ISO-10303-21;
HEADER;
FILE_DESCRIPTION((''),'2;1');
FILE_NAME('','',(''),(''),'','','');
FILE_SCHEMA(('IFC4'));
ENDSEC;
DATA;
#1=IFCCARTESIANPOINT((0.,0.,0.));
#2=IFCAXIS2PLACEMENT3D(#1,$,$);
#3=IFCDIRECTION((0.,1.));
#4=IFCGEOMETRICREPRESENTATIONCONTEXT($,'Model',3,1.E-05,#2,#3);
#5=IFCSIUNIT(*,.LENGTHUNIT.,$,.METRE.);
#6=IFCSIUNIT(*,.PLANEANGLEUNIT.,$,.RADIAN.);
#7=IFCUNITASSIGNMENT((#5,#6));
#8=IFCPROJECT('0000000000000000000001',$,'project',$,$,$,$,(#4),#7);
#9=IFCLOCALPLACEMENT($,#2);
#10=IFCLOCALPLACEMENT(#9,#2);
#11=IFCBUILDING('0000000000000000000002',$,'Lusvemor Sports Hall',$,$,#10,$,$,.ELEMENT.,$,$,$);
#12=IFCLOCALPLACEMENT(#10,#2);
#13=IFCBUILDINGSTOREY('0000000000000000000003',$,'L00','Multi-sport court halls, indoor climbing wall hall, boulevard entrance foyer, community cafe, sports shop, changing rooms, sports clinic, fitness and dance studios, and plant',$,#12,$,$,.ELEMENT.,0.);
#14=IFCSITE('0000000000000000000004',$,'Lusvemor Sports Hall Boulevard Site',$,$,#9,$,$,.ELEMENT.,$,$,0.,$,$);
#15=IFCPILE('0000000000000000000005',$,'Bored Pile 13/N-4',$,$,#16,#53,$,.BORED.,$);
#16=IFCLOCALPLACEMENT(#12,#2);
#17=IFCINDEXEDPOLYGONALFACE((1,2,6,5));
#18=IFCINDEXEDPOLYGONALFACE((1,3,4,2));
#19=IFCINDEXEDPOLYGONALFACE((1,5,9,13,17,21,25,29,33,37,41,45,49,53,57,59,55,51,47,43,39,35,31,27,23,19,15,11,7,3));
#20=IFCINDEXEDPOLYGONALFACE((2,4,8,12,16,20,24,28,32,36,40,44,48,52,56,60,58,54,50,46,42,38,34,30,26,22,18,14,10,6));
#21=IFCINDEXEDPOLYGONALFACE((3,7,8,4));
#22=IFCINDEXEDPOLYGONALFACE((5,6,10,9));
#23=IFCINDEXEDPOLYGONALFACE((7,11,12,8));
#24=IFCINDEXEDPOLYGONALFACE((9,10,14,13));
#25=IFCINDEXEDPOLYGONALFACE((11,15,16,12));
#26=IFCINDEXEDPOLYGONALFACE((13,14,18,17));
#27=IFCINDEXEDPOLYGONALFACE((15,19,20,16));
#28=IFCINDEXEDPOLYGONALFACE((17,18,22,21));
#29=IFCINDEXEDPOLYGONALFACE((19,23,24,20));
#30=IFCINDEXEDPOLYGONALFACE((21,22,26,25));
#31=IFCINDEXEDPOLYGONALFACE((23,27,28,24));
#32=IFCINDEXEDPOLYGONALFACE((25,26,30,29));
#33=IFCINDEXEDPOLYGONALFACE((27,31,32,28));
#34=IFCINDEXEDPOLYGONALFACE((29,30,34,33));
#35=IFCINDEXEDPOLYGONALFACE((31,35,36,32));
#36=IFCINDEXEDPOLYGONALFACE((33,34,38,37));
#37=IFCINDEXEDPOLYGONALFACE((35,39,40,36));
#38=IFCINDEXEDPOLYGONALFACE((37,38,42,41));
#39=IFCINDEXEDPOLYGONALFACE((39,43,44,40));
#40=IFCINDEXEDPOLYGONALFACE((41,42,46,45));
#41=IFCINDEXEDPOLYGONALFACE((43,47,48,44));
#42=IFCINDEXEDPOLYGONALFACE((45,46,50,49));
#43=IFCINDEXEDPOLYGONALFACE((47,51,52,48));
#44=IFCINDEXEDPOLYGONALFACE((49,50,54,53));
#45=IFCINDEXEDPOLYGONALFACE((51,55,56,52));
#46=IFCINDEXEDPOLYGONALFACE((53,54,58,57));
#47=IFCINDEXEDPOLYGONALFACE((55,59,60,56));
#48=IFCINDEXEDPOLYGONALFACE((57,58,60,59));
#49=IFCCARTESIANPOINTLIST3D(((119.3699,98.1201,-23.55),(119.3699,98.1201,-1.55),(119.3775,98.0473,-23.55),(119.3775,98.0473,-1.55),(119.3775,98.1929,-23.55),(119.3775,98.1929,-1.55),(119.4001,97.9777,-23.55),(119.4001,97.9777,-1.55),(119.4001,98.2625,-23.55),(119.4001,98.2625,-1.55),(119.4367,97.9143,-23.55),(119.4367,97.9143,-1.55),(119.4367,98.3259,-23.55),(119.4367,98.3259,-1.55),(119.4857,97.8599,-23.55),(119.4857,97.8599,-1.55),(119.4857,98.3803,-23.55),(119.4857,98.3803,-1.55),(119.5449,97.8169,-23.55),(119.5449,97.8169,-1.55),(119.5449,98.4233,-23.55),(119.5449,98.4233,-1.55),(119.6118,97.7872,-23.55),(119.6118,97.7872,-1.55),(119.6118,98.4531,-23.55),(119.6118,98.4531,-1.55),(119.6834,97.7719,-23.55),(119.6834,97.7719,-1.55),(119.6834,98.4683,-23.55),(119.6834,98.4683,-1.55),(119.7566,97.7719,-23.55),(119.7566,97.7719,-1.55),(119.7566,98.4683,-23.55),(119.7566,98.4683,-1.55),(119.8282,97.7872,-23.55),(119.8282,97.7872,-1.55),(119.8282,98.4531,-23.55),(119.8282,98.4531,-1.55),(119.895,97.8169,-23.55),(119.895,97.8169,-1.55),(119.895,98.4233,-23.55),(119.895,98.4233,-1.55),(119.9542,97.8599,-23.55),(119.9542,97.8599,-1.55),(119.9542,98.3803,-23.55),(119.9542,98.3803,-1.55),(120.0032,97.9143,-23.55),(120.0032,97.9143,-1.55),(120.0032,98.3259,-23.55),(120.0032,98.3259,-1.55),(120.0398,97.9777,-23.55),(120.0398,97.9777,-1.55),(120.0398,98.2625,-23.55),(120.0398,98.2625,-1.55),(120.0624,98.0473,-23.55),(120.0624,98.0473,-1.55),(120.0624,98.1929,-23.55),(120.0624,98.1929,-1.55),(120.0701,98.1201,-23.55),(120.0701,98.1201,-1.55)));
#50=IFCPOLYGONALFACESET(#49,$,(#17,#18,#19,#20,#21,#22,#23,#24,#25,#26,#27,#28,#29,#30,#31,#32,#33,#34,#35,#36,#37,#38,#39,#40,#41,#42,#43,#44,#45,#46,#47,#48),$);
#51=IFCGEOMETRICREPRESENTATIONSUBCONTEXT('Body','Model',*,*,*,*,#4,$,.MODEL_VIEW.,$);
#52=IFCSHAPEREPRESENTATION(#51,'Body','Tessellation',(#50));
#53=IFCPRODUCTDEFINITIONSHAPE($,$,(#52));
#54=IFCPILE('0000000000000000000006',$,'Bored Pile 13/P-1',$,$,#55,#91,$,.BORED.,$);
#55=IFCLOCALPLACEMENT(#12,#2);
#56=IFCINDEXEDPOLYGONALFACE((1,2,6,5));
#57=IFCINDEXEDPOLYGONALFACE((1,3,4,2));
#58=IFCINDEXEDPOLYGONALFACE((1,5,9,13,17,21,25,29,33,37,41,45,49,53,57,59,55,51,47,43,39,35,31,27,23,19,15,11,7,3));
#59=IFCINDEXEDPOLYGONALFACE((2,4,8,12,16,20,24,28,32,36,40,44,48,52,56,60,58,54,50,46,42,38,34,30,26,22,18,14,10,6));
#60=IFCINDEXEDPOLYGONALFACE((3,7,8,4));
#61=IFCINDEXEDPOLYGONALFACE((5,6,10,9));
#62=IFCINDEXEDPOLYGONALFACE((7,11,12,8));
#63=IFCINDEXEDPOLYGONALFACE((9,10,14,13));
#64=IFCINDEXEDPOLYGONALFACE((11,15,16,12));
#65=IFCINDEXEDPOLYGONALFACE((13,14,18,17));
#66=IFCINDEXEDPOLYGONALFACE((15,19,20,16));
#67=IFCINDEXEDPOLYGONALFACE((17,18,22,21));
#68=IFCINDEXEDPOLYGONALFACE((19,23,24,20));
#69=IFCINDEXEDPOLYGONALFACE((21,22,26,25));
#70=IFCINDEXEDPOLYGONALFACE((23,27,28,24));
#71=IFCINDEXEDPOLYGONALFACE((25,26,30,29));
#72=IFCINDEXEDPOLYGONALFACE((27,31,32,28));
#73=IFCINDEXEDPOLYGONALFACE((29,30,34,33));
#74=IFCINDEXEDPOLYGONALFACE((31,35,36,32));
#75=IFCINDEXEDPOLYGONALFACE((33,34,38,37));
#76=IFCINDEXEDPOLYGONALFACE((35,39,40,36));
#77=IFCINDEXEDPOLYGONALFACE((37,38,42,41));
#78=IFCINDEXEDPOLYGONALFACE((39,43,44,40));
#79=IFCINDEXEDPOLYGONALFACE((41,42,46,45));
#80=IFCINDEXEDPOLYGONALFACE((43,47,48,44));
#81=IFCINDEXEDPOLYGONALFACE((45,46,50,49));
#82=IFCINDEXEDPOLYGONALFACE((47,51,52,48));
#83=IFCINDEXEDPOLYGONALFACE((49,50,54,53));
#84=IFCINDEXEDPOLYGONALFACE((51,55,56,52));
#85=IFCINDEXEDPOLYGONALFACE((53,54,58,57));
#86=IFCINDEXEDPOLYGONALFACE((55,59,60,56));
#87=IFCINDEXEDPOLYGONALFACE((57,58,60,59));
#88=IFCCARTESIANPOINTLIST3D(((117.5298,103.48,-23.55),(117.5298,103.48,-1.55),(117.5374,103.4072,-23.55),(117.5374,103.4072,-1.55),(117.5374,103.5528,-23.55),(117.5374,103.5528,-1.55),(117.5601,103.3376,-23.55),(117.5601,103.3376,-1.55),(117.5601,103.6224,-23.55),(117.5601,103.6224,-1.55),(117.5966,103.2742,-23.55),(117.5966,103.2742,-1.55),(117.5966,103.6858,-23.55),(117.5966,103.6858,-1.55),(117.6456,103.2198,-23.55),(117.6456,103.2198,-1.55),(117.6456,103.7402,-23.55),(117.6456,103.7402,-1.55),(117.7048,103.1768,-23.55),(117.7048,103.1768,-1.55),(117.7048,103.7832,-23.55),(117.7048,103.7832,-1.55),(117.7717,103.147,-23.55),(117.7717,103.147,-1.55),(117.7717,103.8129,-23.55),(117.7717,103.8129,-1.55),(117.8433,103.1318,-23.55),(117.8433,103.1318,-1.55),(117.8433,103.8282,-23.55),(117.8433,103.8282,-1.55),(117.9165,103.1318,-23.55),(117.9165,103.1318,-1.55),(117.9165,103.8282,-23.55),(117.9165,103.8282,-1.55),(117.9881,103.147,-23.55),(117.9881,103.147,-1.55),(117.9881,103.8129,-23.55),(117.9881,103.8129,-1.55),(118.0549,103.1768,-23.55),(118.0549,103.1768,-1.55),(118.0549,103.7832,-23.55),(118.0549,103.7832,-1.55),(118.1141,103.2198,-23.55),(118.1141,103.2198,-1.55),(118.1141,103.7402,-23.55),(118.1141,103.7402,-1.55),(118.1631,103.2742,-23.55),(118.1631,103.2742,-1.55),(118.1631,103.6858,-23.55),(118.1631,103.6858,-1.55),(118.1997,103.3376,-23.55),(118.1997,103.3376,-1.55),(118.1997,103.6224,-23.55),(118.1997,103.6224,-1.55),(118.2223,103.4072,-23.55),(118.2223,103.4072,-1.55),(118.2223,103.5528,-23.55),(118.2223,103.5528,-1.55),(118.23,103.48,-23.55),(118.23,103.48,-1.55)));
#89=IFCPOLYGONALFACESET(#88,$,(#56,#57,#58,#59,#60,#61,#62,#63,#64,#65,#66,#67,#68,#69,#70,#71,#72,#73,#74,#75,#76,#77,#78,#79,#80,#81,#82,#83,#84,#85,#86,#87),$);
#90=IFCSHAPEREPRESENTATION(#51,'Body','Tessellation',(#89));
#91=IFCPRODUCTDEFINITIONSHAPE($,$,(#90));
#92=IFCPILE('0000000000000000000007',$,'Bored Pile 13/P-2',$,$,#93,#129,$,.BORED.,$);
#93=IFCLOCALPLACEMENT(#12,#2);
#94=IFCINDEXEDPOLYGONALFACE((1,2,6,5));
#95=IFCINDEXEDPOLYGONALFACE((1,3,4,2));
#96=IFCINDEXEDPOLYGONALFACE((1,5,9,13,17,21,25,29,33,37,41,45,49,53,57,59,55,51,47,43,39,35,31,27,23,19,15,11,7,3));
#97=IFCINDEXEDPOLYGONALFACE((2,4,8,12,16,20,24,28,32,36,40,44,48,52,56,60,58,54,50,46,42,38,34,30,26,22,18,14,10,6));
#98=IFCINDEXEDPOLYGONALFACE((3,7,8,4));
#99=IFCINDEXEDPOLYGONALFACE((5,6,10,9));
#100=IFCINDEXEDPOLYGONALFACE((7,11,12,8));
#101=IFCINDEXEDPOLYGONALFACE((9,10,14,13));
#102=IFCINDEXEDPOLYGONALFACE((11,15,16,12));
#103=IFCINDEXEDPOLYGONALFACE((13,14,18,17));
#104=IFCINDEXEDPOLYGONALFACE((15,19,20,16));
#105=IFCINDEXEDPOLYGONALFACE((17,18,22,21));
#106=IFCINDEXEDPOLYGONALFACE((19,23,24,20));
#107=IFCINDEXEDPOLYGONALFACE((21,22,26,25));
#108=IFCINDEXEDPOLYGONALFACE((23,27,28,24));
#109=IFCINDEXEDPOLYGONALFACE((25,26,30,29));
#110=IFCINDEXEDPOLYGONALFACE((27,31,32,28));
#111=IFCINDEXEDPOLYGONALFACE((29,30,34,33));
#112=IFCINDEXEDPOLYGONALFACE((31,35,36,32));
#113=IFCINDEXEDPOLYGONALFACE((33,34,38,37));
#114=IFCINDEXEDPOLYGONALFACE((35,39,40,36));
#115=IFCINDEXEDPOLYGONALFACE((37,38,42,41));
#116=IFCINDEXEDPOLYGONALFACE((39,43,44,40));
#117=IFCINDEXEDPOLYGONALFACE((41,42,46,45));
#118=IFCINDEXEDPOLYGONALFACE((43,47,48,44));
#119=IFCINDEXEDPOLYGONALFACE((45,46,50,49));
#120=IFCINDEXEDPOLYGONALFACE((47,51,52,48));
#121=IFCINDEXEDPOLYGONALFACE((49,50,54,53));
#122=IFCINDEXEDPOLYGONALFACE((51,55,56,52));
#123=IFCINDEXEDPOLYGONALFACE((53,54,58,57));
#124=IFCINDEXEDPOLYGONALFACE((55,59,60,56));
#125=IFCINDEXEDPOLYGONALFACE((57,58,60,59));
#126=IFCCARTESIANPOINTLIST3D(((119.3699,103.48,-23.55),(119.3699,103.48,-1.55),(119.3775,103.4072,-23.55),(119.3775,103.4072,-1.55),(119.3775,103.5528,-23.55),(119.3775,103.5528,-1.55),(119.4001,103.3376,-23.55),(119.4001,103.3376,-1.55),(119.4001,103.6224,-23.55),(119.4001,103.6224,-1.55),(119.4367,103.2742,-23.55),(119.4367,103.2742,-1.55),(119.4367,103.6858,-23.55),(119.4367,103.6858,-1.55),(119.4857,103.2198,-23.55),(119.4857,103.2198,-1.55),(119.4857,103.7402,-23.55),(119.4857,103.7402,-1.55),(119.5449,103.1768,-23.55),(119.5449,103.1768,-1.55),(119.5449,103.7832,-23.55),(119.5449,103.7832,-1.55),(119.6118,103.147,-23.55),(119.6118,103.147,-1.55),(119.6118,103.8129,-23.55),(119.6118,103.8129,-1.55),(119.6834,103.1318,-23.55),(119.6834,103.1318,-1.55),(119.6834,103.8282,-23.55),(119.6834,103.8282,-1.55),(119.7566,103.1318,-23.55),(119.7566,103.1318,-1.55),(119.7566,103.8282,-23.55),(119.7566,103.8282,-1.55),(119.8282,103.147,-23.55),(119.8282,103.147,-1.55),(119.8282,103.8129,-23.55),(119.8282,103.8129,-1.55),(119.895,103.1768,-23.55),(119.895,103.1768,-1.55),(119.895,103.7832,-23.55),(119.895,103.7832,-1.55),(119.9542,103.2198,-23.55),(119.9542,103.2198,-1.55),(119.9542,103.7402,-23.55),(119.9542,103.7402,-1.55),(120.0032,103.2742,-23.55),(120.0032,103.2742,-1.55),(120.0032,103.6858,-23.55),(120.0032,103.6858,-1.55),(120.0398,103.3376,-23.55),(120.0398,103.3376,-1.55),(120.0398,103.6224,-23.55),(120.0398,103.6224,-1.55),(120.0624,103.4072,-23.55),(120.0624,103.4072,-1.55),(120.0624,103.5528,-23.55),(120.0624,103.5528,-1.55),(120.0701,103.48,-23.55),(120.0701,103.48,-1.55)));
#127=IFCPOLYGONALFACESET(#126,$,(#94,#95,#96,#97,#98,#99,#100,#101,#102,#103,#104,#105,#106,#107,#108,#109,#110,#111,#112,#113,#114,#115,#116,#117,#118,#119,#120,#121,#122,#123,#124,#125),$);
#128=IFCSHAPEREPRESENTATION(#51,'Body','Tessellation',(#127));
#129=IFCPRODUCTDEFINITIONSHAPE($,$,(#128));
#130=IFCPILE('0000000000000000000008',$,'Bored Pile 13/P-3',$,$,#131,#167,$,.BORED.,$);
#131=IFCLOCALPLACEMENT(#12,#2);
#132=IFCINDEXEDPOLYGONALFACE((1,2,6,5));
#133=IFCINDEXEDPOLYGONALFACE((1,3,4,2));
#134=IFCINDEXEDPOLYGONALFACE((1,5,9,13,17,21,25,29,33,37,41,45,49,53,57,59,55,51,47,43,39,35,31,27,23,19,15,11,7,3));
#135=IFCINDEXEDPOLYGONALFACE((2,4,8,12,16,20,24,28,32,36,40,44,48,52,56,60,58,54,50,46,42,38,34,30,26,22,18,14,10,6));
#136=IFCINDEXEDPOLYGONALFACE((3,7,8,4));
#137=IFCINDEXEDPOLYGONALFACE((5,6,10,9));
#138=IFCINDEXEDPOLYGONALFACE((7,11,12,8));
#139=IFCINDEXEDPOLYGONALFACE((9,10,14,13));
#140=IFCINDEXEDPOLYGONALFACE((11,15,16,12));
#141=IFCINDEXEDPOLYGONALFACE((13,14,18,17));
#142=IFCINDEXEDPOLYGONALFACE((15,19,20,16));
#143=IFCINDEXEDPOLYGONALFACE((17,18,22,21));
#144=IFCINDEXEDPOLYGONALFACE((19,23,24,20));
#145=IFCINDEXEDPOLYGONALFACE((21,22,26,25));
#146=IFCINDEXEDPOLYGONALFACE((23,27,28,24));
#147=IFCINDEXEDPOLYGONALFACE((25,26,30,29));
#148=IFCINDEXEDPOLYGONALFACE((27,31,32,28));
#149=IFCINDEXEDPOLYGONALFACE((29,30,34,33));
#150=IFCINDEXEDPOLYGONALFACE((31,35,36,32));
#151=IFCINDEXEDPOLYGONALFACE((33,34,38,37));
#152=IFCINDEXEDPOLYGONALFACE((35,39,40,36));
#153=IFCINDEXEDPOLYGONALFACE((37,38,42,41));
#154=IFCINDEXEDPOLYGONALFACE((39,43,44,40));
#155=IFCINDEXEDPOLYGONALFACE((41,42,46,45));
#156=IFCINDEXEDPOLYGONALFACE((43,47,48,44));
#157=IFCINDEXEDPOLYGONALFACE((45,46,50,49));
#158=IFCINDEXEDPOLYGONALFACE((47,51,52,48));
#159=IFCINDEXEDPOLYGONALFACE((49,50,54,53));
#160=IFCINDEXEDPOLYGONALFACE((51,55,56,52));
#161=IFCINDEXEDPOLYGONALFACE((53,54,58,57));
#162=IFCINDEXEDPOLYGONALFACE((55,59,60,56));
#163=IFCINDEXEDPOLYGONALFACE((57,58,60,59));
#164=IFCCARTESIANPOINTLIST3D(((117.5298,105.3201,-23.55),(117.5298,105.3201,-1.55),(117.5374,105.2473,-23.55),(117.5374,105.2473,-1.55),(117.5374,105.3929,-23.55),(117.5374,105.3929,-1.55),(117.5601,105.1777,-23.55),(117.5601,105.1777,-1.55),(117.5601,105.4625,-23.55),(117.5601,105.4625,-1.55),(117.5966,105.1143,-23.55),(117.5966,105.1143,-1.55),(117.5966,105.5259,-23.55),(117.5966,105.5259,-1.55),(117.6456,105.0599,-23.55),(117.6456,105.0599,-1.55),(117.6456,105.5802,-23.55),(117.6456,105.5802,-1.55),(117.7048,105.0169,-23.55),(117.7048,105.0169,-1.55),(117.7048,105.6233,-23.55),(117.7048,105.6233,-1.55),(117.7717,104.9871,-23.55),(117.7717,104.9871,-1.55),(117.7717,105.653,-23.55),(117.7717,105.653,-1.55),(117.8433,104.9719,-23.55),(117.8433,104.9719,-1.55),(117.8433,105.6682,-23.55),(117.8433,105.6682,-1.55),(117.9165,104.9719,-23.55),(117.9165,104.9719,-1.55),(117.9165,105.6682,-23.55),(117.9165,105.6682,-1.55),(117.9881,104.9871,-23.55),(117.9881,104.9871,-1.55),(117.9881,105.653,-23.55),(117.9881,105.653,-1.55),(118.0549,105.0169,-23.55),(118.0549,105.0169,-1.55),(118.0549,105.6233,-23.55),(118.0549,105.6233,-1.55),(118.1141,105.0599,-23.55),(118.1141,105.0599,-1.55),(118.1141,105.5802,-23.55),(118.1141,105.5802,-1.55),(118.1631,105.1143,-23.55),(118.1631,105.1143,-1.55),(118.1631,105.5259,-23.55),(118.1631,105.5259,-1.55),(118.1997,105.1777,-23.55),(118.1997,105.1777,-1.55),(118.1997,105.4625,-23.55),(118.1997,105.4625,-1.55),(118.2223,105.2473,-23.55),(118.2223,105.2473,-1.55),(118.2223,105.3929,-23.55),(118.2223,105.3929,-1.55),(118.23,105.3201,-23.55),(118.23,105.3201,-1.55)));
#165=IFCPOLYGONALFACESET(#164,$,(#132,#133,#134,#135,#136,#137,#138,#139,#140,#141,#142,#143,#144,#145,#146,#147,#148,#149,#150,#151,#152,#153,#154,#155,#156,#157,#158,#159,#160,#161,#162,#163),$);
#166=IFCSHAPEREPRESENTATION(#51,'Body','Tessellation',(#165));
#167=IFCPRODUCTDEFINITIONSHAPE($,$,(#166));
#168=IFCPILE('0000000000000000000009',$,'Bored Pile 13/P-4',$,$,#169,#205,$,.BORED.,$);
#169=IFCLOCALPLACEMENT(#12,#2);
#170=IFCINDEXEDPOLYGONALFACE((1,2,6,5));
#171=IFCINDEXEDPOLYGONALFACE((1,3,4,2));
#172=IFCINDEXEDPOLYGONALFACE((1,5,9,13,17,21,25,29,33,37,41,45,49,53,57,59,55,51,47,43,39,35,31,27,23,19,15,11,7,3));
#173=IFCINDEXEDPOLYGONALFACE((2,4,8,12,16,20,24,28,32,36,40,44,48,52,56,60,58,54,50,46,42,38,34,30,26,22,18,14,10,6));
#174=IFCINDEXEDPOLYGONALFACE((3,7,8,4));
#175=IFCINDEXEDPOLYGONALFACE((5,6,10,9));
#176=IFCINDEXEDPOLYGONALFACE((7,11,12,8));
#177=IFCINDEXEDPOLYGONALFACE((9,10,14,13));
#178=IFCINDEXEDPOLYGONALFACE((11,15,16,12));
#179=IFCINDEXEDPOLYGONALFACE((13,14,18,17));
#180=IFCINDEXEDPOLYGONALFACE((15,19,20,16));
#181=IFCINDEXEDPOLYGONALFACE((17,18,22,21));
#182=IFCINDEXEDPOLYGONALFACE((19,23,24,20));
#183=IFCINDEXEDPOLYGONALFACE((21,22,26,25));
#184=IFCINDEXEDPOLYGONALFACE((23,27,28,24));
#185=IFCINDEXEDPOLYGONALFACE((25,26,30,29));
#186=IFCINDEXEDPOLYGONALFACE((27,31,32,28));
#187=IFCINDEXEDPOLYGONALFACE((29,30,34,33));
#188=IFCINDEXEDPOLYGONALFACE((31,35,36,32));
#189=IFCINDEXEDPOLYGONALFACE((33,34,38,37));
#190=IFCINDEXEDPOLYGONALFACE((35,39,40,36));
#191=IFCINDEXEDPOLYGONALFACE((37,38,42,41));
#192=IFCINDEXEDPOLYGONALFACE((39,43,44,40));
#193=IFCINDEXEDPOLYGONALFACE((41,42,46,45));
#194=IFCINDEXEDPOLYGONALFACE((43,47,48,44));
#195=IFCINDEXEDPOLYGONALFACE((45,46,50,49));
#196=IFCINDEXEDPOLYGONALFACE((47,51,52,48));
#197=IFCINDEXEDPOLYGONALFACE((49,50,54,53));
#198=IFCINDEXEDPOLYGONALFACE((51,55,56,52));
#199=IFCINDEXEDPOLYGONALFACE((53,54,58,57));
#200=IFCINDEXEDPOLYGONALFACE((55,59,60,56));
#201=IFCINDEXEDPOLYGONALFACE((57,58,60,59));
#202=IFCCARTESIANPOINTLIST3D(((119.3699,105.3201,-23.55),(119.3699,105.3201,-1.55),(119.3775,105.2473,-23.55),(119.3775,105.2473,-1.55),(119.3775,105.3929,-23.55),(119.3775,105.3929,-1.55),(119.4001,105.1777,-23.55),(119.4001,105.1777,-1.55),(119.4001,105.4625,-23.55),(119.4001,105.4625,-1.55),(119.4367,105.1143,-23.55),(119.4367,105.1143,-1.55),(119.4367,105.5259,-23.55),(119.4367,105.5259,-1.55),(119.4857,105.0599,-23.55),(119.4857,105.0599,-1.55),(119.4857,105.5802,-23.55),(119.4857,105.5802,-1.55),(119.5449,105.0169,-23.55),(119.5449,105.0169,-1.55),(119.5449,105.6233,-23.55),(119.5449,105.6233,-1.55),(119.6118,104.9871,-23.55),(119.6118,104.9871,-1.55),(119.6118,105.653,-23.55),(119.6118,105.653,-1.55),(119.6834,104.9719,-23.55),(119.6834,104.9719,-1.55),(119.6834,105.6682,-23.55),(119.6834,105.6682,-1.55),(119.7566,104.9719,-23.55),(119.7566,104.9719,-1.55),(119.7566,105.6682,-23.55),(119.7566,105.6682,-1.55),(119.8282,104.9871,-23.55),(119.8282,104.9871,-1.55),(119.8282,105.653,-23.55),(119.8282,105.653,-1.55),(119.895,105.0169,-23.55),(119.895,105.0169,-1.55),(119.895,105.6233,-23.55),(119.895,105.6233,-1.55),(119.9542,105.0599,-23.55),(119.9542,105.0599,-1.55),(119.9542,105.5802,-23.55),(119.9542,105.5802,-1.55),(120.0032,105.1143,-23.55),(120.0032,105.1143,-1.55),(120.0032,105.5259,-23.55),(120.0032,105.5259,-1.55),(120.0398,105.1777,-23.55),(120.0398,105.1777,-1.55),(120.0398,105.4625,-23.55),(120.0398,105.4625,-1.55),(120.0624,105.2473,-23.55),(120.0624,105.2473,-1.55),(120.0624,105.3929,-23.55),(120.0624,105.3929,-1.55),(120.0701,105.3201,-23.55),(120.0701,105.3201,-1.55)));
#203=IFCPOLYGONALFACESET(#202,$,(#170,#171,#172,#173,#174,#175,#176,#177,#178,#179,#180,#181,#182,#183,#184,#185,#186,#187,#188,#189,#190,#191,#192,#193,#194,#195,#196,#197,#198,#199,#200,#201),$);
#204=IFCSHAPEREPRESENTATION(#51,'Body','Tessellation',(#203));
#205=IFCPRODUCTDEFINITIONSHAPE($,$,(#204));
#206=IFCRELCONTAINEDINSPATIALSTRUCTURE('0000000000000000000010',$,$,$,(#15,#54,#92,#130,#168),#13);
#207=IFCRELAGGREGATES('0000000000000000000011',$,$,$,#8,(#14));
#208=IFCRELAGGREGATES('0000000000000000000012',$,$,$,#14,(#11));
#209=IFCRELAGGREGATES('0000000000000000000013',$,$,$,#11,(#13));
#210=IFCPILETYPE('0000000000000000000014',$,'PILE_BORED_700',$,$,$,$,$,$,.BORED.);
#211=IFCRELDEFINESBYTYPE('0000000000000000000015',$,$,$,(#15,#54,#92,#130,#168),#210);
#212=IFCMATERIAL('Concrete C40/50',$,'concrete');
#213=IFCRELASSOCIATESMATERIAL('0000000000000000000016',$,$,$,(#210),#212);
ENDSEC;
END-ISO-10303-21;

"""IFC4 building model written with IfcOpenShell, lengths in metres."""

from ifc_helpers import new_model, si_unit, direction, frame, origin, origin_2d, place, context, subcontext, project, spatial, circle, extrude, material, material_profile, profile_set, type_object, element, save


model = new_model("IFC4")

# Units and contexts
model_context = context("Model", 3, precision=1e-05, world=origin(), true_north=direction((0.0, 1.0)))
body_context = subcontext(model_context, "Body", "Model", "MODEL_VIEW")
ifc_project = project(units=[si_unit("LENGTHUNIT", "METRE"), si_unit("PLANEANGLEUNIT", "RADIAN")], contexts=[model_context])

# Site, building, storey
site_placement = place(None, origin())
site = spatial("IfcSite", under=ifc_project, at=site_placement, Name="Lusvemor Sports Hall Boulevard Site", CompositionType="ELEMENT", RefElevation=0.0)
building_placement = place(site_placement, origin())
building = spatial("IfcBuilding", under=site, at=building_placement, Name="Lusvemor Sports Hall", CompositionType="ELEMENT")
storey_placement = place(building_placement, origin())
storey = spatial("IfcBuildingStorey", under=building, at=storey_placement, Name="L00", Description="Multi-sport court halls, indoor climbing wall hall, boulevard entrance foyer, community cafe, sports shop, changing rooms, sports clinic, fitness and dance studios, and plant", CompositionType="ELEMENT", Elevation=0.0)

# Piles
ifc_material_1 = material(Name="Concrete C40/50", Category="concrete")
ifc_material_profile_1 = material_profile(ifc_material_1, circle(Radius=0.3501, at=origin_2d()), Name="PILE700")
ifc_profile_set_1 = profile_set([ifc_material_profile_1], Name="Concrete C40/50")
pile_type_1 = type_object("IfcPileType", Name="PILE_BORED_700", PredefinedType="BORED", material=ifc_profile_set_1)
for number, where, z_axis, x_axis, name in (
    (1, (119.72, 98.1201, -1.55), (0.0, 0.0, -1.0), (1.0, 0.0, 0.0), "Bored Pile 13/N-4"),
    (2, (117.8799, 103.48, -1.55), (0.0, 0.0, -1.0), (1.0, 0.0, 0.0), "Bored Pile 13/P-1"),
    (3, (119.72, 103.48, -1.55), (0.0, 0.0, -1.0), (1.0, 0.0, 0.0), "Bored Pile 13/P-2"),
    (4, (117.8799, 105.3201, -1.55), (0.0, 0.0, -1.0), (1.0, 0.0, 0.0), "Bored Pile 13/P-3"),
    (5, (119.72, 105.3201, -1.55), (0.0, 0.0, -1.0), (1.0, 0.0, 0.0), "Bored Pile 13/P-4"),
):
    element("IfcPile", number, at=place(storey_placement, frame(where, z_axis=z_axis, x_axis=x_axis)), inside=storey, type_object=pile_type_1, Name=name, PredefinedType="BORED", context=body_context, shape_type="SweptSolid", body=[
        extrude(circle(Radius=0.3501, at=origin_2d()), origin(), (0.0, 0.0, 1.0), 22.0),
    ])

save(model, "model.ifc")
